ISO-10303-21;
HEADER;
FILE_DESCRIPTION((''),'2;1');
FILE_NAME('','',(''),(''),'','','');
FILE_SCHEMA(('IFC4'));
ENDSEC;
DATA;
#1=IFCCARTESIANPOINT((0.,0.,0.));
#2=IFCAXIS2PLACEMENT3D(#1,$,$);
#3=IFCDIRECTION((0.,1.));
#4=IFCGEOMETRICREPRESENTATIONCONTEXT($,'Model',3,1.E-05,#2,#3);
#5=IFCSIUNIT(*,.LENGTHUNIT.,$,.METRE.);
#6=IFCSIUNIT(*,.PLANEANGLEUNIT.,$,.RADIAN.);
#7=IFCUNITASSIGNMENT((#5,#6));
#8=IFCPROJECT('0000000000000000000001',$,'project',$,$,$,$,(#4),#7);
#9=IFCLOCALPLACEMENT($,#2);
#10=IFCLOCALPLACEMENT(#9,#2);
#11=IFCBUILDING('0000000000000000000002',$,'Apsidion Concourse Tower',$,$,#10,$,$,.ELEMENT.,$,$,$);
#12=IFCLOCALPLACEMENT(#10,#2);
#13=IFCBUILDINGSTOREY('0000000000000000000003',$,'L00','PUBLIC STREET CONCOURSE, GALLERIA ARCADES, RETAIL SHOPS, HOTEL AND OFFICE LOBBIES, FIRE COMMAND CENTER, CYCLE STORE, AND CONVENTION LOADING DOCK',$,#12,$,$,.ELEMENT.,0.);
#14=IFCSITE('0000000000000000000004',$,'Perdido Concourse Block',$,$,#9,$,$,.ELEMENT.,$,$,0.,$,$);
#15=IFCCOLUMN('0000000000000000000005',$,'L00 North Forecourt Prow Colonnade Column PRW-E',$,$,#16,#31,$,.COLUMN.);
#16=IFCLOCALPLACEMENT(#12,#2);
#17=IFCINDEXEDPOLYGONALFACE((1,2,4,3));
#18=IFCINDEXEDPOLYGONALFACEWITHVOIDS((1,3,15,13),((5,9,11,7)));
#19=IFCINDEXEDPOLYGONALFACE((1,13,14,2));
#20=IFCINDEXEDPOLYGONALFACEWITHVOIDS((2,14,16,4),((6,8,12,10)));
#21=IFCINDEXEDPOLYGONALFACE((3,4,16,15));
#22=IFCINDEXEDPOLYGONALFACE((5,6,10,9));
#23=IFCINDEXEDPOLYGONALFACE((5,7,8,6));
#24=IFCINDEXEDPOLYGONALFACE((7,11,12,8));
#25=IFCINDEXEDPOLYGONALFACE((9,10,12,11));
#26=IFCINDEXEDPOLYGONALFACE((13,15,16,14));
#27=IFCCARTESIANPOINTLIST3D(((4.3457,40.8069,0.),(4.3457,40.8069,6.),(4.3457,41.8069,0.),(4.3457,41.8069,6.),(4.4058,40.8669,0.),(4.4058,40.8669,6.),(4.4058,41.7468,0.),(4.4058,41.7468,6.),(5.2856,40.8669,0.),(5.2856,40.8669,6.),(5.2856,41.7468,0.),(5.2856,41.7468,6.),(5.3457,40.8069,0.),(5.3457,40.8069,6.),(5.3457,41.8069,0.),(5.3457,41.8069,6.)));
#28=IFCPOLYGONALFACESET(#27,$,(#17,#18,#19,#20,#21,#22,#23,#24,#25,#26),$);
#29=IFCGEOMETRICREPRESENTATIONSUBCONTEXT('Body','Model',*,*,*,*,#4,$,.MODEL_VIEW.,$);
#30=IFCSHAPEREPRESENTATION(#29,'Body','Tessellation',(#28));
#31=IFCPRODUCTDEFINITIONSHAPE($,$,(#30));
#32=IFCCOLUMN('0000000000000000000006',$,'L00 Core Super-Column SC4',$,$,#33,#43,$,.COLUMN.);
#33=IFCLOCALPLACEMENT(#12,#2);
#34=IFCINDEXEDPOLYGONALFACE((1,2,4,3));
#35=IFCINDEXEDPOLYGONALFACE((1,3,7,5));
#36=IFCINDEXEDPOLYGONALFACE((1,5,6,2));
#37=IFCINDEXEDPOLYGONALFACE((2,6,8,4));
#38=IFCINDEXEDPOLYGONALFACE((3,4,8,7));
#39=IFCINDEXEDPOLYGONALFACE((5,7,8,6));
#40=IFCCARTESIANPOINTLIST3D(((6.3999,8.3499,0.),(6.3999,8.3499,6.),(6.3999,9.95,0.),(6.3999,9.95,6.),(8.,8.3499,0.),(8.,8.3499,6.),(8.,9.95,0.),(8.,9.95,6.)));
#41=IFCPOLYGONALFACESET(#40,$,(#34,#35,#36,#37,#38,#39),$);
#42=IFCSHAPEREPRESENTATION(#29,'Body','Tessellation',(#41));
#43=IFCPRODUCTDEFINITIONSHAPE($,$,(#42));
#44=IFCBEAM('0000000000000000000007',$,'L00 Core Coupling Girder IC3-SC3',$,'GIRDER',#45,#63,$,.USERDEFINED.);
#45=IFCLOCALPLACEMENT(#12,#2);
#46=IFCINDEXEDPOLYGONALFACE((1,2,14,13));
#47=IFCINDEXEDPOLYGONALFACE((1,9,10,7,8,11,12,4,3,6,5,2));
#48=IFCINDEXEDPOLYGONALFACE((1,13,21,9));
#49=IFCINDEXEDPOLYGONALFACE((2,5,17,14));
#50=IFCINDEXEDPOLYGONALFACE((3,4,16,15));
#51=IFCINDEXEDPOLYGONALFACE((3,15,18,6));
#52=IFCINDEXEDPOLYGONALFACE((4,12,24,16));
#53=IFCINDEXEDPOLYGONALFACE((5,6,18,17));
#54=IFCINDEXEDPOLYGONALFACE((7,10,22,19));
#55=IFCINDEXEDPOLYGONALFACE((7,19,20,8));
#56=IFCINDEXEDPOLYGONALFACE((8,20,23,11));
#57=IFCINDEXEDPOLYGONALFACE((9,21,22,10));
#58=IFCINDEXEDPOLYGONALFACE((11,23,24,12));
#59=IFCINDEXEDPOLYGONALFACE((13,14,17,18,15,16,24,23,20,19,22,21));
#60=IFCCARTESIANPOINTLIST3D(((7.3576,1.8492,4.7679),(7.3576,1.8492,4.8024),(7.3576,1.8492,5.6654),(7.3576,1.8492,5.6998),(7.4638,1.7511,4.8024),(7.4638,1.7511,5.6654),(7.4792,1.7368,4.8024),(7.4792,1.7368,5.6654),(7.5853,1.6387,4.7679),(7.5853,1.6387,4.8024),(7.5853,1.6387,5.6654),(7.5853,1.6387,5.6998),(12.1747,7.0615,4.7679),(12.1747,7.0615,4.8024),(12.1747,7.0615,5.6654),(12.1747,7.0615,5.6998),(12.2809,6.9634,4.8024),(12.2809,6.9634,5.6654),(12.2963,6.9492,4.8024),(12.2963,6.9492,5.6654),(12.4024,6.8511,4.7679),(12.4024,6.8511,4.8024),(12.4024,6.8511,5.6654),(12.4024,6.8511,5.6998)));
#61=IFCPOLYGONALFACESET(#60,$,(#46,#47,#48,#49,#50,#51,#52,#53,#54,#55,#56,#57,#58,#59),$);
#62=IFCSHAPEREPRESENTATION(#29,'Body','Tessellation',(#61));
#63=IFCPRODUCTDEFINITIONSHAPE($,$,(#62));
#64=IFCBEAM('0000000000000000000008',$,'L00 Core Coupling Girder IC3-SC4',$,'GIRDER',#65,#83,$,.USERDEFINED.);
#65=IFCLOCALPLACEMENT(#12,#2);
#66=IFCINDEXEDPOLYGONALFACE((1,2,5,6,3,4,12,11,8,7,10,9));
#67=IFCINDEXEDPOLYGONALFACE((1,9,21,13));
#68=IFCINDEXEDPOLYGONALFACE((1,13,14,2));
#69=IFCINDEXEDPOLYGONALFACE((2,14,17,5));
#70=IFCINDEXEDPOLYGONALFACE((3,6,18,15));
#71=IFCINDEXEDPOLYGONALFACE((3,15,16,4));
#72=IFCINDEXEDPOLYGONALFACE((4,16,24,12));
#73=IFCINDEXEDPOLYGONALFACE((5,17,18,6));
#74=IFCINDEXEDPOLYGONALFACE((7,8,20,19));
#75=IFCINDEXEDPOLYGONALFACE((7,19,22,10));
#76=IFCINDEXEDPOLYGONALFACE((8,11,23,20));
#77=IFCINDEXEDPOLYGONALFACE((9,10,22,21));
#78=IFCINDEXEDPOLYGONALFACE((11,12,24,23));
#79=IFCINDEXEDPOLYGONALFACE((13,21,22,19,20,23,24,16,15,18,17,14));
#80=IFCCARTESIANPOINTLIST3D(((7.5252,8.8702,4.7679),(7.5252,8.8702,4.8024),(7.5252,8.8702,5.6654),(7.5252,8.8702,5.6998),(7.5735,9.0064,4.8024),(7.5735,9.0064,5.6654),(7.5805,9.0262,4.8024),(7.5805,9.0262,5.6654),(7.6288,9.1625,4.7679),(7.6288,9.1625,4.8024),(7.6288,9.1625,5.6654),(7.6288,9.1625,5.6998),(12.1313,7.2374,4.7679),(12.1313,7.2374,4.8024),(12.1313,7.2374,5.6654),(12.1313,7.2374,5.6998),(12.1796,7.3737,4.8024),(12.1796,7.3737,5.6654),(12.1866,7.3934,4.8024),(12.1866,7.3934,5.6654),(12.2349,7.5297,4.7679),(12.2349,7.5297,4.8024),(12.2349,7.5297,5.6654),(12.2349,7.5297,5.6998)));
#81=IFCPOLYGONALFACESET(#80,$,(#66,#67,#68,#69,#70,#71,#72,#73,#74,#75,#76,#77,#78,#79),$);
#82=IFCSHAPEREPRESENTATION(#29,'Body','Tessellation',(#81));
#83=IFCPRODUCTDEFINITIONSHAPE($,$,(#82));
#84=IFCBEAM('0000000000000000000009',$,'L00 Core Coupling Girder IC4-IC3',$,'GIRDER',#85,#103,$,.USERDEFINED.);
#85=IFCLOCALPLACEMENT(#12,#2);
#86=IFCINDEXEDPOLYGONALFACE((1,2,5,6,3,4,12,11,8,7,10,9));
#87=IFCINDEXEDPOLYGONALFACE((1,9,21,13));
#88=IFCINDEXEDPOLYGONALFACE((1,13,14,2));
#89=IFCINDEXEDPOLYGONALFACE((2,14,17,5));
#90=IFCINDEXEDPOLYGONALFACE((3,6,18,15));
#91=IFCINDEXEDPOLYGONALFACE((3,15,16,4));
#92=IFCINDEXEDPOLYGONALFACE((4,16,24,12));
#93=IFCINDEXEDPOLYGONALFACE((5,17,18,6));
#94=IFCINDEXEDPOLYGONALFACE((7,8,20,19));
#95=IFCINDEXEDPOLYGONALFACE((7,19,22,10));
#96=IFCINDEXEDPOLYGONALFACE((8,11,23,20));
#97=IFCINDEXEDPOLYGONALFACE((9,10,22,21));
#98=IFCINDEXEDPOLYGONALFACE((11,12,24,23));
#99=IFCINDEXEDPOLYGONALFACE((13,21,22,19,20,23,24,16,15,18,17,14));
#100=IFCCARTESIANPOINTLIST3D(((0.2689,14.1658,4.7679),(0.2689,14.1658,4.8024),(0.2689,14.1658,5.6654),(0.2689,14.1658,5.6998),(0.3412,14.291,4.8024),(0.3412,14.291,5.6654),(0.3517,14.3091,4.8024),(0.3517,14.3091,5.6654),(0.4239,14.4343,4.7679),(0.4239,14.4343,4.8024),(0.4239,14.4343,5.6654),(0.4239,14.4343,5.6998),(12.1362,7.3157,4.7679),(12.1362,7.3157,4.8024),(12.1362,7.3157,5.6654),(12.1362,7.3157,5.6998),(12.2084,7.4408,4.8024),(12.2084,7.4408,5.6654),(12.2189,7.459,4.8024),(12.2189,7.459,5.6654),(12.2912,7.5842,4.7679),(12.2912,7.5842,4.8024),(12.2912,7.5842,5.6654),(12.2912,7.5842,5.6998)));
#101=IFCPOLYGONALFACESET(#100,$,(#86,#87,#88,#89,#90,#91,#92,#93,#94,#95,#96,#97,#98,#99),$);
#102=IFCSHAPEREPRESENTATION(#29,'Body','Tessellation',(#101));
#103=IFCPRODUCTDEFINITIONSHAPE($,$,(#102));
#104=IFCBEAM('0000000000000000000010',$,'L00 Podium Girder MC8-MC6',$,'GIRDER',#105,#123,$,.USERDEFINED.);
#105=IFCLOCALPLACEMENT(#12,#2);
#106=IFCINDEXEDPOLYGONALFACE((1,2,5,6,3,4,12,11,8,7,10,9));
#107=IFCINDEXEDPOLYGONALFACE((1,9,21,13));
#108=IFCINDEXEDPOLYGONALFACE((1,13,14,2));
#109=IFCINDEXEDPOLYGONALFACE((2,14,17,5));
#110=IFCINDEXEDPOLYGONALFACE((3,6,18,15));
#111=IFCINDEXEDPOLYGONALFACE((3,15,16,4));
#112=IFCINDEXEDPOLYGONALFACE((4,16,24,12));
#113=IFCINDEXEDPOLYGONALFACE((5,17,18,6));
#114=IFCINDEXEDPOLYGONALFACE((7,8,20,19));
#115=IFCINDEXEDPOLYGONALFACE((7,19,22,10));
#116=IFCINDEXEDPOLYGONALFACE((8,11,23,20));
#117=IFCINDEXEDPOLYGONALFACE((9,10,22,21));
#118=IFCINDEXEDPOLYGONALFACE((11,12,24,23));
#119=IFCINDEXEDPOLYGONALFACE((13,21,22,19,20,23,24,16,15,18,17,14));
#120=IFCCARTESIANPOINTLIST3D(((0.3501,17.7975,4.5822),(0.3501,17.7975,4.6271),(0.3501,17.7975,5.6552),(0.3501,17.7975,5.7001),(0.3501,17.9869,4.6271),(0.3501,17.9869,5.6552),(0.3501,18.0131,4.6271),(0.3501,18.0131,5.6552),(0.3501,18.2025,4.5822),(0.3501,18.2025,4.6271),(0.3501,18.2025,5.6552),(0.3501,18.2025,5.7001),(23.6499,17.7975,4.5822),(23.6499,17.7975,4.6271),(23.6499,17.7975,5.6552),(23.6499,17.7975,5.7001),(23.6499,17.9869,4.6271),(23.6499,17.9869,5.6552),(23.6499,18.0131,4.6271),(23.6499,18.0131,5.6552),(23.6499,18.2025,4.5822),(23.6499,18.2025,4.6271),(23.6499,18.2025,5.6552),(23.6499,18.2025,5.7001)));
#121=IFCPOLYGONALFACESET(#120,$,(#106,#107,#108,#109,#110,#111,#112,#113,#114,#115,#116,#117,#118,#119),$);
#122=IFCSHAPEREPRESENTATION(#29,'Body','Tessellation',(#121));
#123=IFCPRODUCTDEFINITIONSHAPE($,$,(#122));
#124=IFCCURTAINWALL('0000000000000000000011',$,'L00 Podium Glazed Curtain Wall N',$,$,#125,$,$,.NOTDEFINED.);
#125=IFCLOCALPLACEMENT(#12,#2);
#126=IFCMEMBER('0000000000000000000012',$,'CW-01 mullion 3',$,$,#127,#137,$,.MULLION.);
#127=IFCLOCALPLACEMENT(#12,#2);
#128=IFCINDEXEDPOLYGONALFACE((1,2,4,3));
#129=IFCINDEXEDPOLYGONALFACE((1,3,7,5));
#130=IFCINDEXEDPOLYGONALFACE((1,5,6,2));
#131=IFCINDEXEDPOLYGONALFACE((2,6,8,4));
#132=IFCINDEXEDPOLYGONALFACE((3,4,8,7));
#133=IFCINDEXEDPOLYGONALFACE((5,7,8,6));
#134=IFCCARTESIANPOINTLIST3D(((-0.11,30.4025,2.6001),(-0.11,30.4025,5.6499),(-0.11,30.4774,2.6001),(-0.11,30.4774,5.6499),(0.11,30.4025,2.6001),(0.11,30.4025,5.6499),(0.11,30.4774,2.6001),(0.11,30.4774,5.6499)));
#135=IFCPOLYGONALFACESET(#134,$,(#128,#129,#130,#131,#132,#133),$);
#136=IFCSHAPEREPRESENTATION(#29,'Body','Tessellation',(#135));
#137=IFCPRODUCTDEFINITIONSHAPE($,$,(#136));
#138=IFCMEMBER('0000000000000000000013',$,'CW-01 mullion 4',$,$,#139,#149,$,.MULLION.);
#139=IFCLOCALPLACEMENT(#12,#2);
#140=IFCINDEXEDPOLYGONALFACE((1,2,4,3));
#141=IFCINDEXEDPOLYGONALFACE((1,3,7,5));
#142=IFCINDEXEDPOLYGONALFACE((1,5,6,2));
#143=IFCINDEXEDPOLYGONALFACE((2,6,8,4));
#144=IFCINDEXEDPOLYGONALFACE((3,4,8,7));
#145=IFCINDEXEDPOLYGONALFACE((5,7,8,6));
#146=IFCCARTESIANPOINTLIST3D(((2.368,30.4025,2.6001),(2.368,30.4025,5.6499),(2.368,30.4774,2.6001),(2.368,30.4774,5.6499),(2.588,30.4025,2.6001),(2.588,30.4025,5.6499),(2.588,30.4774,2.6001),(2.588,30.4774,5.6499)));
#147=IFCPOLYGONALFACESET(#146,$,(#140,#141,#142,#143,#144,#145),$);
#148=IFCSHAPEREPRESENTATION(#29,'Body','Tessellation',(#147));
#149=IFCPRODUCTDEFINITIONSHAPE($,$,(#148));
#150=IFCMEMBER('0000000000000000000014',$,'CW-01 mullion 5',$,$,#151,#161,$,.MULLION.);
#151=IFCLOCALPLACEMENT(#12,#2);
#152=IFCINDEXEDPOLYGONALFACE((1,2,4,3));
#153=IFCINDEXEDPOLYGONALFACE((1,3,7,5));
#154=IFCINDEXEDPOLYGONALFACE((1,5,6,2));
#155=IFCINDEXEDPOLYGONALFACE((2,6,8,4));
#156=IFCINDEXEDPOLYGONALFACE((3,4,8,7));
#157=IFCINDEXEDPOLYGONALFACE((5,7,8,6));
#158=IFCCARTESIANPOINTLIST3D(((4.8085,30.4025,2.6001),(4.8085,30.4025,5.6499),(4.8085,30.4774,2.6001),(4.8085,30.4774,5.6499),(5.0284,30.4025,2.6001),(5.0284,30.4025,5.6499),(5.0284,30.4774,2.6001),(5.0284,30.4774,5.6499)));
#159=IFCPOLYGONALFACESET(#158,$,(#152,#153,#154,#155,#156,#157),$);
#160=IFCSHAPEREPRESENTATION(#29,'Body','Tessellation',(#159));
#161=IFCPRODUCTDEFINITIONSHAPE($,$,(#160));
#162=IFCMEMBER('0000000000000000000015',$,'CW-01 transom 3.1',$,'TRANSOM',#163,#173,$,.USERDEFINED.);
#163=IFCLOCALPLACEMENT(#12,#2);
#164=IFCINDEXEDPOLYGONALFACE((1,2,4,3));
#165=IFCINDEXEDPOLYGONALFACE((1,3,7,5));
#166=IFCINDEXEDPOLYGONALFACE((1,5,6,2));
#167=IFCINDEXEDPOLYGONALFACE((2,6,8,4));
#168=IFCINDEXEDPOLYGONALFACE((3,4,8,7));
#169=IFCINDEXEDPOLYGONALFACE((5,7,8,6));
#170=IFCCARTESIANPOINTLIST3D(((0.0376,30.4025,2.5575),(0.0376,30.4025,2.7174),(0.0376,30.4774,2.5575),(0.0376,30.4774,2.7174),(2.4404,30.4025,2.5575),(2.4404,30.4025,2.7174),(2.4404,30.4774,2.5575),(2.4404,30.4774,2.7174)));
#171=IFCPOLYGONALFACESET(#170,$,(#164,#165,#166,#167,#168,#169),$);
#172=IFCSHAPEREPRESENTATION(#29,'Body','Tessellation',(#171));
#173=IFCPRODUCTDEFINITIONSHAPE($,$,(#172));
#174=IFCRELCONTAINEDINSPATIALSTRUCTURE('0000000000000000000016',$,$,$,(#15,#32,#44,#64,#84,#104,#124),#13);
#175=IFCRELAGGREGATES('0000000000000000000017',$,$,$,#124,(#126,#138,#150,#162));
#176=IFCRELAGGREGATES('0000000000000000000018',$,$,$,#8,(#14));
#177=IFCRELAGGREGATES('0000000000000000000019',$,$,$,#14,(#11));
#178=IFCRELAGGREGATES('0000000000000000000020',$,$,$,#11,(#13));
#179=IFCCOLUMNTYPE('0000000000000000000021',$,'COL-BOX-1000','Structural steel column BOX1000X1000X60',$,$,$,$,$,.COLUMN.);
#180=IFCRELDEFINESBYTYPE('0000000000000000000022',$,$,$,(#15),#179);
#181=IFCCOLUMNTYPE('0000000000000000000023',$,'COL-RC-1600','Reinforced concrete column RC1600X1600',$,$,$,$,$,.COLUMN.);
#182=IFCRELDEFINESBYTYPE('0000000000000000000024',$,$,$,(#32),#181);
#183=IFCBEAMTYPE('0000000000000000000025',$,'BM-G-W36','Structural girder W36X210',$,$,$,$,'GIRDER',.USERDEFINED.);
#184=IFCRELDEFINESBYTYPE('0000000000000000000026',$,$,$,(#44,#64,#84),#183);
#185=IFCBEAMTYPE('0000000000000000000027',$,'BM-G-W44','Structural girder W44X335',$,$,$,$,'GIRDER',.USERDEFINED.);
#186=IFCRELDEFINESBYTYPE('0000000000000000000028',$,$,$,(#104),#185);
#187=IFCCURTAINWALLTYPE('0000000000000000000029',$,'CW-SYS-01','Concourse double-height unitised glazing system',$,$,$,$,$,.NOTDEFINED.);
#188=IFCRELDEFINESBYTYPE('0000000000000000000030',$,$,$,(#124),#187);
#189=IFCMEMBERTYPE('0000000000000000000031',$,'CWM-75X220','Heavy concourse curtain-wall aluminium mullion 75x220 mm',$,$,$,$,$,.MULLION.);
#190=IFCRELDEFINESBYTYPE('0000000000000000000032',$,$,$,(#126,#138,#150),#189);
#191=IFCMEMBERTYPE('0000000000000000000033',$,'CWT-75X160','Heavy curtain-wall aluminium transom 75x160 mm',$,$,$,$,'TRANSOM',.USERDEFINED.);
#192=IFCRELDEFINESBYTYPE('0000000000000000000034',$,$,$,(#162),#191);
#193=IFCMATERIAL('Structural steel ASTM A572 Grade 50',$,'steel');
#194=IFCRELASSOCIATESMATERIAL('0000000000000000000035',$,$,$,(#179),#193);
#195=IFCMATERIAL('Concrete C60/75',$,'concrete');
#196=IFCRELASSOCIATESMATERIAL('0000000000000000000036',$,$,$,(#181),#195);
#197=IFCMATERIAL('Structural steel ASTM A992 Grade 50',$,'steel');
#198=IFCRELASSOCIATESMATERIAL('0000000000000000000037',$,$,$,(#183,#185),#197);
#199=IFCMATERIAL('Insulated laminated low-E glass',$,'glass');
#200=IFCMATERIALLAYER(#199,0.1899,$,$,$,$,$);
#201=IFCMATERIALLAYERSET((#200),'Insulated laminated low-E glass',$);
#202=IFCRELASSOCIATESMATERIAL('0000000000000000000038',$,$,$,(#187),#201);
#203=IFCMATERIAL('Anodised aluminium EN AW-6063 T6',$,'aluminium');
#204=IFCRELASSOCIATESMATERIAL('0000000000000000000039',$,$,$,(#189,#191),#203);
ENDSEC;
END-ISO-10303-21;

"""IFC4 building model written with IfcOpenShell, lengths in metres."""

from ifc_helpers import new_model, si_unit, direction, frame, origin, origin_2d, place, context, subcontext, project, spatial, rectangle, hollow_rectangle, i_section, extrude, material, layer, layer_set, material_profile, profile_set, type_object, element, aggregate, save


model = new_model("IFC4")

# Units and contexts
model_context = context("Model", 3, precision=1e-05, world=origin(), true_north=direction((0.0, 1.0)))
body_context = subcontext(model_context, "Body", "Model", "MODEL_VIEW")
ifc_project = project(units=[si_unit("LENGTHUNIT", "METRE"), si_unit("PLANEANGLEUNIT", "RADIAN")], contexts=[model_context])

# Site, building, storey
site_placement = place(None, origin())
site = spatial("IfcSite", under=ifc_project, at=site_placement, Name="Perdido Concourse Block", CompositionType="ELEMENT", RefElevation=0.0)
building_placement = place(site_placement, origin())
building = spatial("IfcBuilding", under=site, at=building_placement, Name="Apsidion Concourse Tower", CompositionType="ELEMENT")
storey_placement = place(building_placement, origin())
storey = spatial("IfcBuildingStorey", under=building, at=storey_placement, Name="L00", Description="PUBLIC STREET CONCOURSE, GALLERIA ARCADES, RETAIL SHOPS, HOTEL AND OFFICE LOBBIES, FIRE COMMAND CENTER, CYCLE STORE, AND CONVENTION LOADING DOCK", CompositionType="ELEMENT", Elevation=0.0)

# Columns
ifc_material_1 = material(Name="Structural steel ASTM A572 Grade 50", Category="steel")
ifc_material_profile_1 = material_profile(ifc_material_1, hollow_rectangle(XDim=1.0, YDim=1.0, WallThickness=0.0601, at=origin_2d()), Name="BOX1000X1000X60")
ifc_profile_set_1 = profile_set([ifc_material_profile_1], Name="Structural steel ASTM A572 Grade 50")
column_type_1 = type_object("IfcColumnType", Name="COL-BOX-1000", Description="Structural steel column BOX1000X1000X60", PredefinedType="COLUMN", material=ifc_profile_set_1)
column_1_placement = place(storey_placement, frame((4.8457, 41.3069, 0.0), z_axis=(0.0, 0.0, 1.0), x_axis=(1.0, 0.0, 0.0)))
element("IfcColumn", 1, at=column_1_placement, inside=storey, type_object=column_type_1, Name="L00 North Forecourt Prow Colonnade Column PRW-E", PredefinedType="COLUMN", context=body_context, shape_type="SweptSolid", body=[
    extrude(hollow_rectangle(XDim=1.0, YDim=1.0, WallThickness=0.0601, at=origin_2d()), origin(), (0.0, 0.0, 1.0), 6.0),
])
ifc_material_2 = material(Name="Concrete C60/75", Category="concrete")
ifc_material_profile_2 = material_profile(ifc_material_2, rectangle(XDim=1.6001, YDim=1.6001, at=origin_2d()), Name="RC 1600x1600")
ifc_profile_set_2 = profile_set([ifc_material_profile_2], Name="Concrete C60/75")
column_type_2 = type_object("IfcColumnType", Name="COL-RC-1600", Description="Reinforced concrete column RC1600X1600", PredefinedType="COLUMN", material=ifc_profile_set_2)
column_2_placement = place(storey_placement, frame((7.2, 9.1499, 0.0), z_axis=(0.0, 0.0, 1.0), x_axis=(1.0, 0.0, 0.0)))
element("IfcColumn", 2, at=column_2_placement, inside=storey, type_object=column_type_2, Name="L00 Core Super-Column SC4", PredefinedType="COLUMN", context=body_context, shape_type="SweptSolid", body=[
    extrude(rectangle(XDim=1.6001, YDim=1.6001, at=origin_2d()), origin(), (0.0, 0.0, 1.0), 6.0),
])

# Beams
ifc_material_3 = material(Name="Structural steel ASTM A992 Grade 50", Category="steel")
ifc_material_profile_3 = material_profile(ifc_material_3, i_section(OverallWidth=0.3101, OverallDepth=0.9319, WebThickness=0.021, FlangeThickness=0.0344, at=origin_2d()), Name="W36X210")
ifc_profile_set_3 = profile_set([ifc_material_profile_3], Name="Structural steel ASTM A992 Grade 50")
beam_type_1 = type_object("IfcBeamType", Name="BM-G-W36", Description="Structural girder W36X210", ElementType="GIRDER", PredefinedType="USERDEFINED", material=ifc_profile_set_3)
beam_1_placement = place(storey_placement, frame((12.2886, 6.9563, 5.2339), z_axis=(-0.678713, -0.734404, 0.0), x_axis=(0.734404, -0.678713, 0.0)))
element("IfcBeam", 3, at=beam_1_placement, inside=storey, type_object=beam_type_1, Name="L00 Core Coupling Girder IC3-SC3", ObjectType="GIRDER", PredefinedType="USERDEFINED", context=body_context, shape_type="SweptSolid", body=[
    extrude(i_section(OverallWidth=0.3101, OverallDepth=0.9319, WebThickness=0.021, FlangeThickness=0.0344, at=origin_2d()), origin(), (0.0, 0.0, 1.0), 7.0974),
])
beam_2_placement = place(storey_placement, frame((12.1831, 7.3835, 5.2339), z_axis=(-0.942534, 0.334111, 0.0), x_axis=(-0.334111, -0.942534, 0.0)))
element("IfcBeam", 4, at=beam_2_placement, inside=storey, type_object=beam_type_1, Name="L00 Core Coupling Girder IC3-SC4", ObjectType="GIRDER", PredefinedType="USERDEFINED", context=body_context, shape_type="SweptSolid", body=[
    extrude(i_section(OverallWidth=0.3101, OverallDepth=0.9319, WebThickness=0.021, FlangeThickness=0.0344, at=origin_2d()), origin(), (0.0, 0.0, 1.0), 4.887),
])
beam_3_placement = place(storey_placement, frame((0.3464, 14.3, 5.2339), z_axis=(0.86607, -0.499922, 0.0), x_axis=(0.499922, 0.86607, 0.0)))
element("IfcBeam", 5, at=beam_3_placement, inside=storey, type_object=beam_type_1, Name="L00 Core Coupling Girder IC4-IC3", ObjectType="GIRDER", PredefinedType="USERDEFINED", context=body_context, shape_type="SweptSolid", body=[
    extrude(i_section(OverallWidth=0.3101, OverallDepth=0.9319, WebThickness=0.021, FlangeThickness=0.0344, at=origin_2d()), origin(), (0.0, 0.0, 1.0), 13.7024),
])
ifc_material_profile_4 = material_profile(ifc_material_3, i_section(OverallWidth=0.405, OverallDepth=1.1179, WebThickness=0.0261, FlangeThickness=0.0449, at=origin_2d()), Name="W44X335")
ifc_profile_set_4 = profile_set([ifc_material_profile_4], Name="Structural steel ASTM A992 Grade 50")
beam_type_2 = type_object("IfcBeamType", Name="BM-G-W44", Description="Structural girder W44X335", ElementType="GIRDER", PredefinedType="USERDEFINED", material=ifc_profile_set_4)
beam_4_placement = place(storey_placement, frame((0.3501, 18.0, 5.1411), z_axis=(1.0, 0.0, 0.0), x_axis=(0.0, 1.0, 0.0)))
element("IfcBeam", 6, at=beam_4_placement, inside=storey, type_object=beam_type_2, Name="L00 Podium Girder MC8-MC6", ObjectType="GIRDER", PredefinedType="USERDEFINED", context=body_context, shape_type="SweptSolid", body=[
    extrude(i_section(OverallWidth=0.405, OverallDepth=1.1179, WebThickness=0.0261, FlangeThickness=0.0449, at=origin_2d()), origin(), (0.0, 0.0, 1.0), 23.2998),
])

# Curtain wall, members
ifc_material_4 = material(Name="Insulated laminated low-E glass", Category="glass")
ifc_layer_1 = layer(ifc_material_4, 0.1899)
ifc_layer_set_1 = layer_set([ifc_layer_1], Name="Insulated laminated low-E glass")
curtain_wall_type = type_object("IfcCurtainWallType", Name="CW-SYS-01", Description="Concourse double-height unitised glazing system", PredefinedType="NOTDEFINED", material=ifc_layer_set_1)
curtain_wall_placement = place(storey_placement, origin())
curtain_wall = element("IfcCurtainWall", 7, at=curtain_wall_placement, inside=storey, type_object=curtain_wall_type, Name="L00 Podium Glazed Curtain Wall N", PredefinedType="NOTDEFINED")
ifc_material_5 = material(Name="Anodised aluminium EN AW-6063 T6", Category="aluminium")
ifc_material_profile_5 = material_profile(ifc_material_5, rectangle(XDim=0.075, YDim=0.22, at=origin_2d()), Name="ALU MULLION 75x220")
ifc_profile_set_5 = profile_set([ifc_material_profile_5], Name="Anodised aluminium EN AW-6063 T6")
member_type_1 = type_object("IfcMemberType", Name="CWM-75X220", Description="Heavy concourse curtain-wall aluminium mullion 75x220 mm", PredefinedType="MULLION", material=ifc_profile_set_5)
member_1_placement = place(storey_placement, frame((0.0, 30.4399, 2.6001), z_axis=(0.0, 0.0, 1.0), x_axis=(0.0, 1.0, 0.0)))
member_1 = element("IfcMember", 8, at=member_1_placement, type_object=member_type_1, Name="CW-01 mullion 3", PredefinedType="MULLION", context=body_context, shape_type="SweptSolid", body=[
    extrude(rectangle(XDim=0.075, YDim=0.22, at=origin_2d()), origin(), (0.0, 0.0, 1.0), 3.0498),
])
member_2_placement = place(storey_placement, frame((2.478, 30.4399, 2.6001), z_axis=(0.0, 0.0, 1.0), x_axis=(0.0, 1.0, 0.0)))
member_2 = element("IfcMember", 9, at=member_2_placement, type_object=member_type_1, Name="CW-01 mullion 4", PredefinedType="MULLION", context=body_context, shape_type="SweptSolid", body=[
    extrude(rectangle(XDim=0.075, YDim=0.22, at=origin_2d()), origin(), (0.0, 0.0, 1.0), 3.0498),
])
member_3_placement = place(storey_placement, frame((4.9185, 30.4399, 2.6001), z_axis=(0.0, 0.0, 1.0), x_axis=(0.0, 1.0, 0.0)))
member_3 = element("IfcMember", 10, at=member_3_placement, type_object=member_type_1, Name="CW-01 mullion 5", PredefinedType="MULLION", context=body_context, shape_type="SweptSolid", body=[
    extrude(rectangle(XDim=0.075, YDim=0.22, at=origin_2d()), origin(), (0.0, 0.0, 1.0), 3.0498),
])
ifc_material_profile_6 = material_profile(ifc_material_5, rectangle(XDim=0.075, YDim=0.1599, at=origin_2d()), Name="ALU TRANSOM 75x160")
ifc_profile_set_6 = profile_set([ifc_material_profile_6], Name="Anodised aluminium EN AW-6063 T6")
member_type_2 = type_object("IfcMemberType", Name="CWT-75X160", Description="Heavy curtain-wall aluminium transom 75x160 mm", ElementType="TRANSOM", PredefinedType="USERDEFINED", material=ifc_profile_set_6)
member_4_placement = place(storey_placement, frame((0.0376, 30.4399, 2.6375), z_axis=(1.0, 0.0, 0.0), x_axis=(0.0, 1.0, 0.0)))
member_4 = element("IfcMember", 11, at=member_4_placement, type_object=member_type_2, Name="CW-01 transom 3.1", ObjectType="TRANSOM", PredefinedType="USERDEFINED", context=body_context, shape_type="SweptSolid", body=[
    extrude(rectangle(XDim=0.075, YDim=0.1599, at=origin_2d()), origin(), (0.0, 0.0, 1.0), 2.4028),
])
aggregate(curtain_wall, [member_1, member_2, member_3, member_4])

save(model, "model.ifc")
